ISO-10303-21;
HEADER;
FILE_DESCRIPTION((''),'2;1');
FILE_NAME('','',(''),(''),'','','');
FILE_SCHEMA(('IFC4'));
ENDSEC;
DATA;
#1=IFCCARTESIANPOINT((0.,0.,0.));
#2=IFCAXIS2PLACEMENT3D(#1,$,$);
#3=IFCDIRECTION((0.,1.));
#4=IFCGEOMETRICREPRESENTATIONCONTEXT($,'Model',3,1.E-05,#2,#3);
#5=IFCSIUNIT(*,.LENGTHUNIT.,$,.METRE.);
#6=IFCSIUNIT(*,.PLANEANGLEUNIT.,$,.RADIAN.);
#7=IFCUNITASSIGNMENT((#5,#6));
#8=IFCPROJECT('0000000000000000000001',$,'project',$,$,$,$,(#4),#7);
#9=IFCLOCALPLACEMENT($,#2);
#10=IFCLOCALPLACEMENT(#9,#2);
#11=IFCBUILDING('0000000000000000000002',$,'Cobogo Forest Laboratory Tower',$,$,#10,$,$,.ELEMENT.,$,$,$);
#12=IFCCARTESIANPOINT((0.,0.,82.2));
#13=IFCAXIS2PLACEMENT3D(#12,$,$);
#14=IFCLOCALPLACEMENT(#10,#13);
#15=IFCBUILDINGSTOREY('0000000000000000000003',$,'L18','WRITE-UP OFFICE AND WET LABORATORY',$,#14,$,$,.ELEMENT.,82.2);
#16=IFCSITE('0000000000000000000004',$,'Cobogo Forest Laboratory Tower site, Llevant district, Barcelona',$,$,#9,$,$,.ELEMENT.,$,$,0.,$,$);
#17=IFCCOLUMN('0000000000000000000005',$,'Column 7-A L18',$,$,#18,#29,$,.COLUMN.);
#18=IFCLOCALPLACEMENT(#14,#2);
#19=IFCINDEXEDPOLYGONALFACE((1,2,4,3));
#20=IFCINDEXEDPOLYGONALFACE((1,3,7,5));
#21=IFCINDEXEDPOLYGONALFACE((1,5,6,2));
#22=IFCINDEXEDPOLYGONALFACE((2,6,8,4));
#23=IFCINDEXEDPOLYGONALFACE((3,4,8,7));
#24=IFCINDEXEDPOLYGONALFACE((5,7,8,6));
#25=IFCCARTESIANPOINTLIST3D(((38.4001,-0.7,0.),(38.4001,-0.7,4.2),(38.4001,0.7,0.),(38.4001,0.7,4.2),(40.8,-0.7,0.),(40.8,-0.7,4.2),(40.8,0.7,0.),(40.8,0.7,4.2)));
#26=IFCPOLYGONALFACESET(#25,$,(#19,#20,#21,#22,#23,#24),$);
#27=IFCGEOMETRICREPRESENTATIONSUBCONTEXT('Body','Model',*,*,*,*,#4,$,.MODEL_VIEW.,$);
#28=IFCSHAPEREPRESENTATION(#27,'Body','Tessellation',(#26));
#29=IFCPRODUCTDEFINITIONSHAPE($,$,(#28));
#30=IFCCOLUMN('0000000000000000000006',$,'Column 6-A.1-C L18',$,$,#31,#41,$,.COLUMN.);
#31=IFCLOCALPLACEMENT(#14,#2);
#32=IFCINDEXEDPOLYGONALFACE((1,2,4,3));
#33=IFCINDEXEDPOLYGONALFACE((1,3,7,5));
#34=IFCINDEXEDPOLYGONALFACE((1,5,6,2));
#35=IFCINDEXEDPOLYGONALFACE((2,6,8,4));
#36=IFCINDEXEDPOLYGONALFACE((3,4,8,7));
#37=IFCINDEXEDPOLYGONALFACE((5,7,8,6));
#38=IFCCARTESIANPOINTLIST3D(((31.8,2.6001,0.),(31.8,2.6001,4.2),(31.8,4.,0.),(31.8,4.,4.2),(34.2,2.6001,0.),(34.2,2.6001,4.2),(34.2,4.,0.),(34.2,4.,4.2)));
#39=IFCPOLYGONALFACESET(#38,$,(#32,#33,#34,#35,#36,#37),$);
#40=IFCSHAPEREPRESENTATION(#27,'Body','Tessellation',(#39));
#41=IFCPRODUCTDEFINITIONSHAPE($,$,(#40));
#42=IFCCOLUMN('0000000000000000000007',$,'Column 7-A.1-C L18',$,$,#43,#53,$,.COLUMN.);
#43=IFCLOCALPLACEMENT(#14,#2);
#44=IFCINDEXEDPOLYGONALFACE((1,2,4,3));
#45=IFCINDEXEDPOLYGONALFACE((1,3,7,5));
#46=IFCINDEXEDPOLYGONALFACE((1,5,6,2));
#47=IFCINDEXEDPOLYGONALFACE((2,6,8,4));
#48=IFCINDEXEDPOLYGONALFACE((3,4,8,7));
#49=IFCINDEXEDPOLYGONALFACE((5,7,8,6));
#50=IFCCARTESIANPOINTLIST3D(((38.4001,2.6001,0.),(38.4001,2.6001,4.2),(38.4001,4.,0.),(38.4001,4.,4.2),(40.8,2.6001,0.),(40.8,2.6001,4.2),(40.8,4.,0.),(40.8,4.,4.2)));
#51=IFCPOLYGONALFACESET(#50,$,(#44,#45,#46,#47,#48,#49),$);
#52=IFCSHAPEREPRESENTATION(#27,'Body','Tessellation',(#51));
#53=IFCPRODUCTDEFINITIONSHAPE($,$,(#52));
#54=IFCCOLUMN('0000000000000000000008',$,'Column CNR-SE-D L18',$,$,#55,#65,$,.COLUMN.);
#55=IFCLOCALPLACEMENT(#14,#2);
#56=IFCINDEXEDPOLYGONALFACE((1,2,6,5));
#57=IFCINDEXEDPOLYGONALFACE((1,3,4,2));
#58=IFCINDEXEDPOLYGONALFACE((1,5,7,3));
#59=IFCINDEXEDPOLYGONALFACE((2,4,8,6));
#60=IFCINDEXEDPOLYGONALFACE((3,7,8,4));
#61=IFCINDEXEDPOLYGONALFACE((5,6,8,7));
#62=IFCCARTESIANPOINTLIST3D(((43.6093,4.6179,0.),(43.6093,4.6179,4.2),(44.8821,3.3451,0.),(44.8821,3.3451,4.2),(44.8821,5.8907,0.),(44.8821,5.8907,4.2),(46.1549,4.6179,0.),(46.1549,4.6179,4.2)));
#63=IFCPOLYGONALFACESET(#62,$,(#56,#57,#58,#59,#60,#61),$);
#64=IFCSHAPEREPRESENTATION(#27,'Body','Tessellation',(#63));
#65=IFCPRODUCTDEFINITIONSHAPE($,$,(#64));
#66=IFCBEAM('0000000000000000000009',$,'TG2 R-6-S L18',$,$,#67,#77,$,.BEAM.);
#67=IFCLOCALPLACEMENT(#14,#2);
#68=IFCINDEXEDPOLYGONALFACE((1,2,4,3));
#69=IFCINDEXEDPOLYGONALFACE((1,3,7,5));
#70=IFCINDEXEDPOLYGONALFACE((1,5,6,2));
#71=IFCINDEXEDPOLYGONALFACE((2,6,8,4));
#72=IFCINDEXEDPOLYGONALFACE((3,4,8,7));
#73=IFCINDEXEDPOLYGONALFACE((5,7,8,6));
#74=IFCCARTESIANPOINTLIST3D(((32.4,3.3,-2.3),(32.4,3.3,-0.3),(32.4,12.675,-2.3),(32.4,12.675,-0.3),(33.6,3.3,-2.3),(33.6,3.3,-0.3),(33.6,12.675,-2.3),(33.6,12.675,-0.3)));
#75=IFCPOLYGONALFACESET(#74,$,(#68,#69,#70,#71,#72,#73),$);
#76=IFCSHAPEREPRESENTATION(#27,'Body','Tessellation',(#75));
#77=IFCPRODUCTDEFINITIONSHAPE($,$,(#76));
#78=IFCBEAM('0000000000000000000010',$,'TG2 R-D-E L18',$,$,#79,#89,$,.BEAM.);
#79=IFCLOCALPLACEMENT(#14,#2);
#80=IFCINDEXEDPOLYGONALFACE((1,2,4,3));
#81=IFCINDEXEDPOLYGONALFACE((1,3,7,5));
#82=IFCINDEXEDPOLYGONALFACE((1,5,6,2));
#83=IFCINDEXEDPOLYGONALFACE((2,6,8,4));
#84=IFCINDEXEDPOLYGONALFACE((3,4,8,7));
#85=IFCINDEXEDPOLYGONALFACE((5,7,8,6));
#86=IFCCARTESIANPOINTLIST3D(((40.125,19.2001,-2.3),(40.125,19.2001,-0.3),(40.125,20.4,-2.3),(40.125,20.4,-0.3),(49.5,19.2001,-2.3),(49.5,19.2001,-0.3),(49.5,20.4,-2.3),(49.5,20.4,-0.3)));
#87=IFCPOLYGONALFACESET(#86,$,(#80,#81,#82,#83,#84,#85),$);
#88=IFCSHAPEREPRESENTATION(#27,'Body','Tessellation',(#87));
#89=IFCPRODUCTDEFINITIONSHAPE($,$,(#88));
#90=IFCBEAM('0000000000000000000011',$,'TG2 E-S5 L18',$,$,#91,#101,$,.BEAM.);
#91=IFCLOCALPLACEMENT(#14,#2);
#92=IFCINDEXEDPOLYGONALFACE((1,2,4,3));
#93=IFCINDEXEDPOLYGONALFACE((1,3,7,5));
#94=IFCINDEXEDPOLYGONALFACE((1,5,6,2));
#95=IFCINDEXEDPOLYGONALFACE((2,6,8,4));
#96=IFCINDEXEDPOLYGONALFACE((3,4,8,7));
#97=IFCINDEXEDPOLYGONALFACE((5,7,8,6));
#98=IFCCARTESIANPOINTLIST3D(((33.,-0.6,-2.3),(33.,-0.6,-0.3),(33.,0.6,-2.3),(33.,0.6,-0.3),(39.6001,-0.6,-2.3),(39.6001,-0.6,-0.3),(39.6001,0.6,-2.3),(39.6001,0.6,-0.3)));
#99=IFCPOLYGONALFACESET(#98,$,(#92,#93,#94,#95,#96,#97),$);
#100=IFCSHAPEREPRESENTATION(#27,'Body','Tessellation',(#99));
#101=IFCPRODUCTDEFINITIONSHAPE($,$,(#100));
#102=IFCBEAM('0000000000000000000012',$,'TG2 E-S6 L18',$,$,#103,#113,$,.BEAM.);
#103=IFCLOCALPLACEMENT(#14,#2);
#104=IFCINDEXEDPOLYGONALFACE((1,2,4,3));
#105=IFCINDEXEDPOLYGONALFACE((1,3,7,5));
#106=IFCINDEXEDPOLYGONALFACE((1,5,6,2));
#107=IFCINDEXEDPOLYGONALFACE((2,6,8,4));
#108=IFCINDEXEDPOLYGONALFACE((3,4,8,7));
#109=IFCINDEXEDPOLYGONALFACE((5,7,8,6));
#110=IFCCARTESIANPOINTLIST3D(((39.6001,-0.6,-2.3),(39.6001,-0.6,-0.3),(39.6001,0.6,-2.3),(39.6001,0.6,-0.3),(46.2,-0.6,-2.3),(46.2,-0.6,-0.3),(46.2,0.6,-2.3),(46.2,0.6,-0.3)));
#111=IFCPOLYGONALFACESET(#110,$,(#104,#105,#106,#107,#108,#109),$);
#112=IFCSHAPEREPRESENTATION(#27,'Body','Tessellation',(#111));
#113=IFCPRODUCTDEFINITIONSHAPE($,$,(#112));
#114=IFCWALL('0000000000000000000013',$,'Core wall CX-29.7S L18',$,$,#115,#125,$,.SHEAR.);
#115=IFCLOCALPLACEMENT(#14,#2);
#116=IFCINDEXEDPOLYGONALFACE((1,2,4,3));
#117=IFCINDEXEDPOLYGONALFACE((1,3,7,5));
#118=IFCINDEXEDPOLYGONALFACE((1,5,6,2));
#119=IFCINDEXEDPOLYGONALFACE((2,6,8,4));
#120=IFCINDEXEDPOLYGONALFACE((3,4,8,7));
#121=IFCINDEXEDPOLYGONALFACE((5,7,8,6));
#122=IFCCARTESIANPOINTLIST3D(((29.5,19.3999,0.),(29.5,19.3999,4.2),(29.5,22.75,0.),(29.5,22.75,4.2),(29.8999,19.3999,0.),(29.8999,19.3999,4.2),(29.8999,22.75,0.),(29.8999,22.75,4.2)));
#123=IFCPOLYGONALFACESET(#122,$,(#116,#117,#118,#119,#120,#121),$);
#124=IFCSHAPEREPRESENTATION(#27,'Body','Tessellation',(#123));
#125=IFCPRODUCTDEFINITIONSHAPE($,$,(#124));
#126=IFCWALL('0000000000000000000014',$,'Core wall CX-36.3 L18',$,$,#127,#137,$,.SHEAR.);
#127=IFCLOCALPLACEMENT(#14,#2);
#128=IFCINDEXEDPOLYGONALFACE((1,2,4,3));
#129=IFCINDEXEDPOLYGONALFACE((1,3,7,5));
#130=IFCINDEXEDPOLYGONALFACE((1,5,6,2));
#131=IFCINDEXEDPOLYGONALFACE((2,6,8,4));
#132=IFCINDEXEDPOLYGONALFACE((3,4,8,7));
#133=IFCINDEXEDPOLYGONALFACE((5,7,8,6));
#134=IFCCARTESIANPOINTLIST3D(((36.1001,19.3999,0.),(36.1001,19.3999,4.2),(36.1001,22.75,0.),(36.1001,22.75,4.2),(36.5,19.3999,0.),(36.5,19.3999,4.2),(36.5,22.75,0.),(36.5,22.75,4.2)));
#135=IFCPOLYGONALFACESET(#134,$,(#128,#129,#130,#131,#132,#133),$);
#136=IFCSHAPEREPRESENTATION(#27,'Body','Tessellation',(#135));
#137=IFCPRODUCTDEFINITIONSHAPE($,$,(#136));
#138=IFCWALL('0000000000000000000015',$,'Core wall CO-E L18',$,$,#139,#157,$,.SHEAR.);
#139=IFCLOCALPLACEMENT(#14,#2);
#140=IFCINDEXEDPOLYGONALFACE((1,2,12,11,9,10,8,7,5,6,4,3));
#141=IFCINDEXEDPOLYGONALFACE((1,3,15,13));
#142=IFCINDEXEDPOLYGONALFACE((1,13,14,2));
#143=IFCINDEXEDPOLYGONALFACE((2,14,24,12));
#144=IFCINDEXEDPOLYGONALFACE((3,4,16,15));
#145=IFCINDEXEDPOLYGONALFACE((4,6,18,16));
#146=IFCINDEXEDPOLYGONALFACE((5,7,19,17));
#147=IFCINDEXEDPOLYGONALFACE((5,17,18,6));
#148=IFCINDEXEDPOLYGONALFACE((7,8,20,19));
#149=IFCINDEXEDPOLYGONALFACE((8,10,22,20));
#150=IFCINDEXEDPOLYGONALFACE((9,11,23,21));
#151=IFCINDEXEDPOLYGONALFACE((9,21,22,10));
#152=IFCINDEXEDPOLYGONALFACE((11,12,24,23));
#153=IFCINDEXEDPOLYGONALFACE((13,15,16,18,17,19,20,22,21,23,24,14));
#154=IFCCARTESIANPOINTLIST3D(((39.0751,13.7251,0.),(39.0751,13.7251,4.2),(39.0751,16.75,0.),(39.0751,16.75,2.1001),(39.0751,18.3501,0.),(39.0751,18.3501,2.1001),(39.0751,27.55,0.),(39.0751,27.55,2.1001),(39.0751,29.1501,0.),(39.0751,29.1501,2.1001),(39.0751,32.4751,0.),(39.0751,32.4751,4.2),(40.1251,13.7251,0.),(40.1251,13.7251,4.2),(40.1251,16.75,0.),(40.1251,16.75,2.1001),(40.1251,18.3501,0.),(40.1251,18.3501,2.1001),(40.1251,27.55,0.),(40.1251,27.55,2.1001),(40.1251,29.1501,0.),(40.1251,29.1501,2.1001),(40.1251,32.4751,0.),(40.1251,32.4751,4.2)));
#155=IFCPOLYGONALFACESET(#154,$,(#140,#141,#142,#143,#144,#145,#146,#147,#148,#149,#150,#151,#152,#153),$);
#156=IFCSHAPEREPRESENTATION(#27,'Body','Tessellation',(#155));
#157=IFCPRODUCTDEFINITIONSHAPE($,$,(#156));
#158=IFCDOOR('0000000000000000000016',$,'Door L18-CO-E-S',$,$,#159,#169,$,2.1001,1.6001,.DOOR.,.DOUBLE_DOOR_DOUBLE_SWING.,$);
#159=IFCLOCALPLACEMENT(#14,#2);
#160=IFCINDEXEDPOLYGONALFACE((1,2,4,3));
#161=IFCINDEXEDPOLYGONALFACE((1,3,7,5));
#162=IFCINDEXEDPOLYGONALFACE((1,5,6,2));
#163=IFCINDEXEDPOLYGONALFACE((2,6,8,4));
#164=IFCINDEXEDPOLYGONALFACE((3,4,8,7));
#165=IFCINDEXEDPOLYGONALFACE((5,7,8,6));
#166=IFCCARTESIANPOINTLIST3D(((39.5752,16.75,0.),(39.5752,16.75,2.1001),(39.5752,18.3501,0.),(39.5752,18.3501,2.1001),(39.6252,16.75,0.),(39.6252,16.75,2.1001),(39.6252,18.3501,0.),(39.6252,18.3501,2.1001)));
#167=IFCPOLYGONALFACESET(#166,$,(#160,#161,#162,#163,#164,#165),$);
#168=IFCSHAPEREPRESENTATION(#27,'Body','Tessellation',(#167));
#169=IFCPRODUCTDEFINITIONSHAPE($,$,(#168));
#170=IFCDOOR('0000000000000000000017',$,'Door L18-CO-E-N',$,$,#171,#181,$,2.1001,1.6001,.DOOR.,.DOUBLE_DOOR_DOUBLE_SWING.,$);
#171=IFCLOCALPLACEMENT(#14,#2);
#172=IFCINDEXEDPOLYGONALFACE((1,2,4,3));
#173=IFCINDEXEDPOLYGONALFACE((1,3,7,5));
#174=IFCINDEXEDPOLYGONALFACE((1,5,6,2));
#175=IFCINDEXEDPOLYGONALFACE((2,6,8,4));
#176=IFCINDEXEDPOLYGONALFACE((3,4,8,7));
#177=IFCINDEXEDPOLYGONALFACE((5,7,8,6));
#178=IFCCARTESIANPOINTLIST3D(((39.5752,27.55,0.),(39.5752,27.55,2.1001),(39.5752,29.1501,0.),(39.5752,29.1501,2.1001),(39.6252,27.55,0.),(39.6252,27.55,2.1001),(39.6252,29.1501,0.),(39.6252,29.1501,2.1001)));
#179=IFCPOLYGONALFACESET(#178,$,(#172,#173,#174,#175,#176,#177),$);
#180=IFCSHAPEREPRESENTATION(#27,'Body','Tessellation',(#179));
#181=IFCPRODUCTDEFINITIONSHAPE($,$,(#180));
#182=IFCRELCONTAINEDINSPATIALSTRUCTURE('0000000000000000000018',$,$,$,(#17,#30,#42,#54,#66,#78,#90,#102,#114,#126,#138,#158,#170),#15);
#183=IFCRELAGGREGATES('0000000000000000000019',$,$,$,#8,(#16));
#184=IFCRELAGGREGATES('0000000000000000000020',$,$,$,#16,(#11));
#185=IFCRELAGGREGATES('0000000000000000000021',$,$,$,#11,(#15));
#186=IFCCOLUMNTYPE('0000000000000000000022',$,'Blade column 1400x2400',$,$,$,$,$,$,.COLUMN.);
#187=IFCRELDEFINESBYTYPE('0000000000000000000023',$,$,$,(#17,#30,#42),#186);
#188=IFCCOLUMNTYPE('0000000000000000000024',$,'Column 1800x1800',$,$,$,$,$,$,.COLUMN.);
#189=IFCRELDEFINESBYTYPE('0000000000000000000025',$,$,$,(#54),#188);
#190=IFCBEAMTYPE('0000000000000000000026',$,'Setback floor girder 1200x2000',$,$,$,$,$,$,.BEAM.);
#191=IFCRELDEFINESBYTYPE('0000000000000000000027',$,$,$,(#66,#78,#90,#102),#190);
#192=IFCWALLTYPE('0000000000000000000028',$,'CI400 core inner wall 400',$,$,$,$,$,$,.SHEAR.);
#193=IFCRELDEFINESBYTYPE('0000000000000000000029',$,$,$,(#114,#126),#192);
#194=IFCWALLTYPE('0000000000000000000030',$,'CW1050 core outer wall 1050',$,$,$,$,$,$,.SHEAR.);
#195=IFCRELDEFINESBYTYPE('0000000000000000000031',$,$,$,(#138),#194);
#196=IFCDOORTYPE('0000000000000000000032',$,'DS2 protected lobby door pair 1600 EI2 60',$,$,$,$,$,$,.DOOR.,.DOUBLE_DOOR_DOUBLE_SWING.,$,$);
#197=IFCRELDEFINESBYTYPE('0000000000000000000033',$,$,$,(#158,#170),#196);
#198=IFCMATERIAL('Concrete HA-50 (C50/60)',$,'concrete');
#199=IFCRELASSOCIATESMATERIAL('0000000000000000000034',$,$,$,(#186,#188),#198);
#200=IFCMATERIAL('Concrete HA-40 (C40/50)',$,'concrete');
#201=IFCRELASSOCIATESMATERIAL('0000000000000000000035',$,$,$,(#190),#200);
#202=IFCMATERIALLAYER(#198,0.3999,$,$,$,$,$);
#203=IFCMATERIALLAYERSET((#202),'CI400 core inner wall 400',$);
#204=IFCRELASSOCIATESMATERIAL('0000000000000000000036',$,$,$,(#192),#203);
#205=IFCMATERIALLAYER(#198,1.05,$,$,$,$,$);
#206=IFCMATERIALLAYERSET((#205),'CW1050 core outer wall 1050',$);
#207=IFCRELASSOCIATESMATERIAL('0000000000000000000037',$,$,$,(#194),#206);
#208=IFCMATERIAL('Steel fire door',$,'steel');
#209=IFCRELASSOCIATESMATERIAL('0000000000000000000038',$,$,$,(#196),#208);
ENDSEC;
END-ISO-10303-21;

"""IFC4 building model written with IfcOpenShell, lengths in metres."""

from ifc_helpers import new_model, si_unit, direction, frame, frame_2d, origin, origin_2d, place, context, subcontext, project, spatial, rectangle, extrude, material, layer, layer_set, material_profile, profile_set, type_object, element, fill, save


model = new_model("IFC4")

# Units and contexts
model_context = context("Model", 3, precision=1e-05, world=origin(), true_north=direction((0.0, 1.0)))
body_context = subcontext(model_context, "Body", "Model", "MODEL_VIEW")
ifc_project = project(units=[si_unit("LENGTHUNIT", "METRE"), si_unit("PLANEANGLEUNIT", "RADIAN")], contexts=[model_context])

# Site, building, storey
site_placement = place(None, origin())
site = spatial("IfcSite", under=ifc_project, at=site_placement, Name="Cobogo Forest Laboratory Tower site, Llevant district, Barcelona", CompositionType="ELEMENT", RefElevation=0.0)
building_placement = place(site_placement, origin())
building = spatial("IfcBuilding", under=site, at=building_placement, Name="Cobogo Forest Laboratory Tower", CompositionType="ELEMENT")
storey_placement = place(building_placement, frame((0.0, 0.0, 82.2)))
storey = spatial("IfcBuildingStorey", under=building, at=storey_placement, Name="L18", Description="WRITE-UP OFFICE AND WET LABORATORY", CompositionType="ELEMENT", Elevation=82.2)

# Columns
ifc_material_1 = material(Name="Concrete HA-50 (C50/60)", Category="concrete")
ifc_material_profile_1 = material_profile(ifc_material_1, rectangle(XDim=2.3999, YDim=1.3999, at=origin_2d()), Name="RC 1400x2400")
ifc_profile_set_1 = profile_set([ifc_material_profile_1], Name="Concrete HA-50 (C50/60)")
column_type_1 = type_object("IfcColumnType", Name="Blade column 1400x2400", PredefinedType="COLUMN", material=ifc_profile_set_1)
for number, where, z_axis, x_axis, name in (
    (1, (39.6001, 0.0, 0.0), (0.0, 0.0, 1.0), (1.0, 0.0, 0.0), "Column 7-A L18"),
    (2, (33.0, 3.3, 0.0), (0.0, 0.0, 1.0), (1.0, 0.0, 0.0), "Column 6-A.1-C L18"),
    (3, (39.6001, 3.3, 0.0), (0.0, 0.0, 1.0), (1.0, 0.0, 0.0), "Column 7-A.1-C L18"),
):
    element("IfcColumn", number, at=place(storey_placement, frame(where, z_axis=z_axis, x_axis=x_axis)), inside=storey, type_object=column_type_1, Name=name, PredefinedType="COLUMN", context=body_context, shape_type="SweptSolid", body=[
        extrude(rectangle(XDim=2.3999, YDim=1.3999, at=origin_2d()), origin(), (0.0, 0.0, 1.0), 4.2),
    ])
ifc_material_profile_2 = material_profile(ifc_material_1, rectangle(XDim=1.8, YDim=1.8, at=origin_2d()), Name="RC 1800x1800")
ifc_profile_set_2 = profile_set([ifc_material_profile_2], Name="Concrete HA-50 (C50/60)")
column_type_2 = type_object("IfcColumnType", Name="Column 1800x1800", PredefinedType="COLUMN", material=ifc_profile_set_2)
column_placement = place(storey_placement, frame((44.8821, 4.6179, 0.0), z_axis=(0.0, 0.0, 1.0), x_axis=(0.707107, 0.707107, 0.0)))
element("IfcColumn", 4, at=column_placement, inside=storey, type_object=column_type_2, Name="Column CNR-SE-D L18", PredefinedType="COLUMN", context=body_context, shape_type="SweptSolid", body=[
    extrude(rectangle(XDim=1.8, YDim=1.8, at=origin_2d()), origin(), (0.0, 0.0, 1.0), 4.2),
])

# Beams
ifc_material_2 = material(Name="Concrete HA-40 (C40/50)", Category="concrete")
ifc_material_profile_3 = material_profile(ifc_material_2, rectangle(XDim=1.2, YDim=2.0, at=origin_2d()), Name="RC 1200x2000")
ifc_profile_set_3 = profile_set([ifc_material_profile_3], Name="Concrete HA-40 (C40/50)")
beam_type = type_object("IfcBeamType", Name="Setback floor girder 1200x2000", PredefinedType="BEAM", material=ifc_profile_set_3)
for number, where, z_axis, x_axis, name in (
    (5, (33.0, 12.675, -1.3), (0.0, -1.0, 0.0), (1.0, 0.0, 0.0), "TG2 R-6-S L18"),
    (6, (40.125, 19.8, -1.3), (1.0, 0.0, 0.0), (0.0, 1.0, 0.0), "TG2 R-D-E L18"),
):
    element("IfcBeam", number, at=place(storey_placement, frame(where, z_axis=z_axis, x_axis=x_axis)), inside=storey, type_object=beam_type, Name=name, PredefinedType="BEAM", context=body_context, shape_type="SweptSolid", body=[
        extrude(rectangle(XDim=1.2, YDim=2.0, at=origin_2d()), origin(), (0.0, 0.0, 1.0), 9.375),
    ])
beam_1_placement = place(storey_placement, frame((33.0, 0.0, -1.3), z_axis=(1.0, 0.0, 0.0), x_axis=(0.0, 1.0, 0.0)))
element("IfcBeam", 7, at=beam_1_placement, inside=storey, type_object=beam_type, Name="TG2 E-S5 L18", PredefinedType="BEAM", context=body_context, shape_type="SweptSolid", body=[
    extrude(rectangle(XDim=1.2, YDim=2.0, at=origin_2d()), origin(), (0.0, 0.0, 1.0), 6.6001),
])
beam_2_placement = place(storey_placement, frame((39.6001, 0.0, -1.3), z_axis=(1.0, 0.0, 0.0), x_axis=(0.0, 1.0, 0.0)))
element("IfcBeam", 8, at=beam_2_placement, inside=storey, type_object=beam_type, Name="TG2 E-S6 L18", PredefinedType="BEAM", context=body_context, shape_type="SweptSolid", body=[
    extrude(rectangle(XDim=1.2, YDim=2.0, at=origin_2d()), origin(), (0.0, 0.0, 1.0), 6.5999),
])

# Walls
ifc_layer_1 = layer(ifc_material_1, 0.3999)
ifc_layer_set_1 = layer_set([ifc_layer_1], Name="CI400 core inner wall 400")
wall_type_1 = type_object("IfcWallType", Name="CI400 core inner wall 400", PredefinedType="SHEAR", material=ifc_layer_set_1)
for number, where, z_axis, x_axis, name in (
    (9, (29.7, 19.3999, 0.0), (0.0, 0.0, 1.0), (0.0, 1.0, 0.0), "Core wall CX-29.7S L18"),
    (10, (36.3, 19.3999, 0.0), (0.0, 0.0, 1.0), (0.0, 1.0, 0.0), "Core wall CX-36.3 L18"),
):
    element("IfcWall", number, at=place(storey_placement, frame(where, z_axis=z_axis, x_axis=x_axis)), inside=storey, type_object=wall_type_1, Name=name, PredefinedType="SHEAR", context=body_context, shape_type="SweptSolid", body=[
        extrude(rectangle(XDim=3.3501, YDim=0.3999, at=frame_2d((1.675, 0.0))), origin(), (0.0, 0.0, 1.0), 4.2),
    ])

# Wall, openings, doors
ifc_layer_2 = layer(ifc_material_1, 1.05)
ifc_layer_set_2 = layer_set([ifc_layer_2], Name="CW1050 core outer wall 1050")
wall_type_2 = type_object("IfcWallType", Name="CW1050 core outer wall 1050", PredefinedType="SHEAR", material=ifc_layer_set_2)
wall_1_placement = place(storey_placement, frame((39.6001, 13.7251, 0.0), z_axis=(0.0, 0.0, 1.0), x_axis=(0.0, 1.0, 0.0)))
wall_1 = element("IfcWall", 11, at=wall_1_placement, inside=storey, type_object=wall_type_2, Name="Core wall CO-E L18", PredefinedType="SHEAR", context=body_context, shape_type="SweptSolid", body=[
    extrude(rectangle(XDim=18.75, YDim=1.05, at=frame_2d((9.375, 0.0))), origin(), (0.0, 0.0, 1.0), 4.2),
])
opening_1_placement = place(wall_1_placement, frame((3.0249, 0.0, 0.0)))
opening_1 = element("IfcOpeningElement", 12, at=opening_1_placement, cuts=wall_1, PredefinedType="OPENING", context=body_context, shape_type="SweptSolid", body=[
    extrude(rectangle(XDim=1.6001, YDim=2.1001, at=frame_2d((0.8, 1.05))), frame((0.0, 0.5349, 0.0), z_axis=(0.0, -1.0, 0.0), x_axis=(1.0, 0.0, 0.0)), (0.0, 0.0, 1.0), 1.0701),
])
opening_2_placement = place(wall_1_placement, frame((13.825, 0.0, 0.0)))
opening_2 = element("IfcOpeningElement", 13, at=opening_2_placement, cuts=wall_1, PredefinedType="OPENING", context=body_context, shape_type="SweptSolid", body=[
    extrude(rectangle(XDim=1.6001, YDim=2.1001, at=frame_2d((0.8, 1.05))), frame((0.0, 0.5349, 0.0), z_axis=(0.0, -1.0, 0.0), x_axis=(1.0, 0.0, 0.0)), (0.0, 0.0, 1.0), 1.0701),
])
ifc_material_3 = material(Name="Steel fire door", Category="steel")
door_type_1 = type_object("IfcDoorType", Name="DS2 protected lobby door pair 1600 EI2 60", OperationType="DOUBLE_DOOR_DOUBLE_SWING", PredefinedType="DOOR", material=ifc_material_3)
door_1_placement = place(opening_1_placement, origin())
door_1 = element("IfcDoor", 14, at=door_1_placement, inside=storey, type_object=door_type_1, Name="Door L18-CO-E-S", OperationType="DOUBLE_DOOR_DOUBLE_SWING", OverallHeight=2.1001, OverallWidth=1.6001, PredefinedType="DOOR", context=body_context, shape_type="SweptSolid", body=[
    extrude(rectangle(XDim=1.6001, YDim=2.1001, at=frame_2d((0.8, 1.05))), frame((0.0, 0.0249, 0.0), z_axis=(0.0, -1.0, 0.0), x_axis=(1.0, 0.0, 0.0)), (0.0, 0.0, 1.0), 0.05),
])
fill(opening_1, door_1)
door_2_placement = place(opening_2_placement, origin())
door_2 = element("IfcDoor", 15, at=door_2_placement, inside=storey, type_object=door_type_1, Name="Door L18-CO-E-N", OperationType="DOUBLE_DOOR_DOUBLE_SWING", OverallHeight=2.1001, OverallWidth=1.6001, PredefinedType="DOOR", context=body_context, shape_type="SweptSolid", body=[
    extrude(rectangle(XDim=1.6001, YDim=2.1001, at=frame_2d((0.8, 1.05))), frame((0.0, 0.0249, 0.0), z_axis=(0.0, -1.0, 0.0), x_axis=(1.0, 0.0, 0.0)), (0.0, 0.0, 1.0), 0.05),
])
fill(opening_2, door_2)

save(model, "model.ifc")
